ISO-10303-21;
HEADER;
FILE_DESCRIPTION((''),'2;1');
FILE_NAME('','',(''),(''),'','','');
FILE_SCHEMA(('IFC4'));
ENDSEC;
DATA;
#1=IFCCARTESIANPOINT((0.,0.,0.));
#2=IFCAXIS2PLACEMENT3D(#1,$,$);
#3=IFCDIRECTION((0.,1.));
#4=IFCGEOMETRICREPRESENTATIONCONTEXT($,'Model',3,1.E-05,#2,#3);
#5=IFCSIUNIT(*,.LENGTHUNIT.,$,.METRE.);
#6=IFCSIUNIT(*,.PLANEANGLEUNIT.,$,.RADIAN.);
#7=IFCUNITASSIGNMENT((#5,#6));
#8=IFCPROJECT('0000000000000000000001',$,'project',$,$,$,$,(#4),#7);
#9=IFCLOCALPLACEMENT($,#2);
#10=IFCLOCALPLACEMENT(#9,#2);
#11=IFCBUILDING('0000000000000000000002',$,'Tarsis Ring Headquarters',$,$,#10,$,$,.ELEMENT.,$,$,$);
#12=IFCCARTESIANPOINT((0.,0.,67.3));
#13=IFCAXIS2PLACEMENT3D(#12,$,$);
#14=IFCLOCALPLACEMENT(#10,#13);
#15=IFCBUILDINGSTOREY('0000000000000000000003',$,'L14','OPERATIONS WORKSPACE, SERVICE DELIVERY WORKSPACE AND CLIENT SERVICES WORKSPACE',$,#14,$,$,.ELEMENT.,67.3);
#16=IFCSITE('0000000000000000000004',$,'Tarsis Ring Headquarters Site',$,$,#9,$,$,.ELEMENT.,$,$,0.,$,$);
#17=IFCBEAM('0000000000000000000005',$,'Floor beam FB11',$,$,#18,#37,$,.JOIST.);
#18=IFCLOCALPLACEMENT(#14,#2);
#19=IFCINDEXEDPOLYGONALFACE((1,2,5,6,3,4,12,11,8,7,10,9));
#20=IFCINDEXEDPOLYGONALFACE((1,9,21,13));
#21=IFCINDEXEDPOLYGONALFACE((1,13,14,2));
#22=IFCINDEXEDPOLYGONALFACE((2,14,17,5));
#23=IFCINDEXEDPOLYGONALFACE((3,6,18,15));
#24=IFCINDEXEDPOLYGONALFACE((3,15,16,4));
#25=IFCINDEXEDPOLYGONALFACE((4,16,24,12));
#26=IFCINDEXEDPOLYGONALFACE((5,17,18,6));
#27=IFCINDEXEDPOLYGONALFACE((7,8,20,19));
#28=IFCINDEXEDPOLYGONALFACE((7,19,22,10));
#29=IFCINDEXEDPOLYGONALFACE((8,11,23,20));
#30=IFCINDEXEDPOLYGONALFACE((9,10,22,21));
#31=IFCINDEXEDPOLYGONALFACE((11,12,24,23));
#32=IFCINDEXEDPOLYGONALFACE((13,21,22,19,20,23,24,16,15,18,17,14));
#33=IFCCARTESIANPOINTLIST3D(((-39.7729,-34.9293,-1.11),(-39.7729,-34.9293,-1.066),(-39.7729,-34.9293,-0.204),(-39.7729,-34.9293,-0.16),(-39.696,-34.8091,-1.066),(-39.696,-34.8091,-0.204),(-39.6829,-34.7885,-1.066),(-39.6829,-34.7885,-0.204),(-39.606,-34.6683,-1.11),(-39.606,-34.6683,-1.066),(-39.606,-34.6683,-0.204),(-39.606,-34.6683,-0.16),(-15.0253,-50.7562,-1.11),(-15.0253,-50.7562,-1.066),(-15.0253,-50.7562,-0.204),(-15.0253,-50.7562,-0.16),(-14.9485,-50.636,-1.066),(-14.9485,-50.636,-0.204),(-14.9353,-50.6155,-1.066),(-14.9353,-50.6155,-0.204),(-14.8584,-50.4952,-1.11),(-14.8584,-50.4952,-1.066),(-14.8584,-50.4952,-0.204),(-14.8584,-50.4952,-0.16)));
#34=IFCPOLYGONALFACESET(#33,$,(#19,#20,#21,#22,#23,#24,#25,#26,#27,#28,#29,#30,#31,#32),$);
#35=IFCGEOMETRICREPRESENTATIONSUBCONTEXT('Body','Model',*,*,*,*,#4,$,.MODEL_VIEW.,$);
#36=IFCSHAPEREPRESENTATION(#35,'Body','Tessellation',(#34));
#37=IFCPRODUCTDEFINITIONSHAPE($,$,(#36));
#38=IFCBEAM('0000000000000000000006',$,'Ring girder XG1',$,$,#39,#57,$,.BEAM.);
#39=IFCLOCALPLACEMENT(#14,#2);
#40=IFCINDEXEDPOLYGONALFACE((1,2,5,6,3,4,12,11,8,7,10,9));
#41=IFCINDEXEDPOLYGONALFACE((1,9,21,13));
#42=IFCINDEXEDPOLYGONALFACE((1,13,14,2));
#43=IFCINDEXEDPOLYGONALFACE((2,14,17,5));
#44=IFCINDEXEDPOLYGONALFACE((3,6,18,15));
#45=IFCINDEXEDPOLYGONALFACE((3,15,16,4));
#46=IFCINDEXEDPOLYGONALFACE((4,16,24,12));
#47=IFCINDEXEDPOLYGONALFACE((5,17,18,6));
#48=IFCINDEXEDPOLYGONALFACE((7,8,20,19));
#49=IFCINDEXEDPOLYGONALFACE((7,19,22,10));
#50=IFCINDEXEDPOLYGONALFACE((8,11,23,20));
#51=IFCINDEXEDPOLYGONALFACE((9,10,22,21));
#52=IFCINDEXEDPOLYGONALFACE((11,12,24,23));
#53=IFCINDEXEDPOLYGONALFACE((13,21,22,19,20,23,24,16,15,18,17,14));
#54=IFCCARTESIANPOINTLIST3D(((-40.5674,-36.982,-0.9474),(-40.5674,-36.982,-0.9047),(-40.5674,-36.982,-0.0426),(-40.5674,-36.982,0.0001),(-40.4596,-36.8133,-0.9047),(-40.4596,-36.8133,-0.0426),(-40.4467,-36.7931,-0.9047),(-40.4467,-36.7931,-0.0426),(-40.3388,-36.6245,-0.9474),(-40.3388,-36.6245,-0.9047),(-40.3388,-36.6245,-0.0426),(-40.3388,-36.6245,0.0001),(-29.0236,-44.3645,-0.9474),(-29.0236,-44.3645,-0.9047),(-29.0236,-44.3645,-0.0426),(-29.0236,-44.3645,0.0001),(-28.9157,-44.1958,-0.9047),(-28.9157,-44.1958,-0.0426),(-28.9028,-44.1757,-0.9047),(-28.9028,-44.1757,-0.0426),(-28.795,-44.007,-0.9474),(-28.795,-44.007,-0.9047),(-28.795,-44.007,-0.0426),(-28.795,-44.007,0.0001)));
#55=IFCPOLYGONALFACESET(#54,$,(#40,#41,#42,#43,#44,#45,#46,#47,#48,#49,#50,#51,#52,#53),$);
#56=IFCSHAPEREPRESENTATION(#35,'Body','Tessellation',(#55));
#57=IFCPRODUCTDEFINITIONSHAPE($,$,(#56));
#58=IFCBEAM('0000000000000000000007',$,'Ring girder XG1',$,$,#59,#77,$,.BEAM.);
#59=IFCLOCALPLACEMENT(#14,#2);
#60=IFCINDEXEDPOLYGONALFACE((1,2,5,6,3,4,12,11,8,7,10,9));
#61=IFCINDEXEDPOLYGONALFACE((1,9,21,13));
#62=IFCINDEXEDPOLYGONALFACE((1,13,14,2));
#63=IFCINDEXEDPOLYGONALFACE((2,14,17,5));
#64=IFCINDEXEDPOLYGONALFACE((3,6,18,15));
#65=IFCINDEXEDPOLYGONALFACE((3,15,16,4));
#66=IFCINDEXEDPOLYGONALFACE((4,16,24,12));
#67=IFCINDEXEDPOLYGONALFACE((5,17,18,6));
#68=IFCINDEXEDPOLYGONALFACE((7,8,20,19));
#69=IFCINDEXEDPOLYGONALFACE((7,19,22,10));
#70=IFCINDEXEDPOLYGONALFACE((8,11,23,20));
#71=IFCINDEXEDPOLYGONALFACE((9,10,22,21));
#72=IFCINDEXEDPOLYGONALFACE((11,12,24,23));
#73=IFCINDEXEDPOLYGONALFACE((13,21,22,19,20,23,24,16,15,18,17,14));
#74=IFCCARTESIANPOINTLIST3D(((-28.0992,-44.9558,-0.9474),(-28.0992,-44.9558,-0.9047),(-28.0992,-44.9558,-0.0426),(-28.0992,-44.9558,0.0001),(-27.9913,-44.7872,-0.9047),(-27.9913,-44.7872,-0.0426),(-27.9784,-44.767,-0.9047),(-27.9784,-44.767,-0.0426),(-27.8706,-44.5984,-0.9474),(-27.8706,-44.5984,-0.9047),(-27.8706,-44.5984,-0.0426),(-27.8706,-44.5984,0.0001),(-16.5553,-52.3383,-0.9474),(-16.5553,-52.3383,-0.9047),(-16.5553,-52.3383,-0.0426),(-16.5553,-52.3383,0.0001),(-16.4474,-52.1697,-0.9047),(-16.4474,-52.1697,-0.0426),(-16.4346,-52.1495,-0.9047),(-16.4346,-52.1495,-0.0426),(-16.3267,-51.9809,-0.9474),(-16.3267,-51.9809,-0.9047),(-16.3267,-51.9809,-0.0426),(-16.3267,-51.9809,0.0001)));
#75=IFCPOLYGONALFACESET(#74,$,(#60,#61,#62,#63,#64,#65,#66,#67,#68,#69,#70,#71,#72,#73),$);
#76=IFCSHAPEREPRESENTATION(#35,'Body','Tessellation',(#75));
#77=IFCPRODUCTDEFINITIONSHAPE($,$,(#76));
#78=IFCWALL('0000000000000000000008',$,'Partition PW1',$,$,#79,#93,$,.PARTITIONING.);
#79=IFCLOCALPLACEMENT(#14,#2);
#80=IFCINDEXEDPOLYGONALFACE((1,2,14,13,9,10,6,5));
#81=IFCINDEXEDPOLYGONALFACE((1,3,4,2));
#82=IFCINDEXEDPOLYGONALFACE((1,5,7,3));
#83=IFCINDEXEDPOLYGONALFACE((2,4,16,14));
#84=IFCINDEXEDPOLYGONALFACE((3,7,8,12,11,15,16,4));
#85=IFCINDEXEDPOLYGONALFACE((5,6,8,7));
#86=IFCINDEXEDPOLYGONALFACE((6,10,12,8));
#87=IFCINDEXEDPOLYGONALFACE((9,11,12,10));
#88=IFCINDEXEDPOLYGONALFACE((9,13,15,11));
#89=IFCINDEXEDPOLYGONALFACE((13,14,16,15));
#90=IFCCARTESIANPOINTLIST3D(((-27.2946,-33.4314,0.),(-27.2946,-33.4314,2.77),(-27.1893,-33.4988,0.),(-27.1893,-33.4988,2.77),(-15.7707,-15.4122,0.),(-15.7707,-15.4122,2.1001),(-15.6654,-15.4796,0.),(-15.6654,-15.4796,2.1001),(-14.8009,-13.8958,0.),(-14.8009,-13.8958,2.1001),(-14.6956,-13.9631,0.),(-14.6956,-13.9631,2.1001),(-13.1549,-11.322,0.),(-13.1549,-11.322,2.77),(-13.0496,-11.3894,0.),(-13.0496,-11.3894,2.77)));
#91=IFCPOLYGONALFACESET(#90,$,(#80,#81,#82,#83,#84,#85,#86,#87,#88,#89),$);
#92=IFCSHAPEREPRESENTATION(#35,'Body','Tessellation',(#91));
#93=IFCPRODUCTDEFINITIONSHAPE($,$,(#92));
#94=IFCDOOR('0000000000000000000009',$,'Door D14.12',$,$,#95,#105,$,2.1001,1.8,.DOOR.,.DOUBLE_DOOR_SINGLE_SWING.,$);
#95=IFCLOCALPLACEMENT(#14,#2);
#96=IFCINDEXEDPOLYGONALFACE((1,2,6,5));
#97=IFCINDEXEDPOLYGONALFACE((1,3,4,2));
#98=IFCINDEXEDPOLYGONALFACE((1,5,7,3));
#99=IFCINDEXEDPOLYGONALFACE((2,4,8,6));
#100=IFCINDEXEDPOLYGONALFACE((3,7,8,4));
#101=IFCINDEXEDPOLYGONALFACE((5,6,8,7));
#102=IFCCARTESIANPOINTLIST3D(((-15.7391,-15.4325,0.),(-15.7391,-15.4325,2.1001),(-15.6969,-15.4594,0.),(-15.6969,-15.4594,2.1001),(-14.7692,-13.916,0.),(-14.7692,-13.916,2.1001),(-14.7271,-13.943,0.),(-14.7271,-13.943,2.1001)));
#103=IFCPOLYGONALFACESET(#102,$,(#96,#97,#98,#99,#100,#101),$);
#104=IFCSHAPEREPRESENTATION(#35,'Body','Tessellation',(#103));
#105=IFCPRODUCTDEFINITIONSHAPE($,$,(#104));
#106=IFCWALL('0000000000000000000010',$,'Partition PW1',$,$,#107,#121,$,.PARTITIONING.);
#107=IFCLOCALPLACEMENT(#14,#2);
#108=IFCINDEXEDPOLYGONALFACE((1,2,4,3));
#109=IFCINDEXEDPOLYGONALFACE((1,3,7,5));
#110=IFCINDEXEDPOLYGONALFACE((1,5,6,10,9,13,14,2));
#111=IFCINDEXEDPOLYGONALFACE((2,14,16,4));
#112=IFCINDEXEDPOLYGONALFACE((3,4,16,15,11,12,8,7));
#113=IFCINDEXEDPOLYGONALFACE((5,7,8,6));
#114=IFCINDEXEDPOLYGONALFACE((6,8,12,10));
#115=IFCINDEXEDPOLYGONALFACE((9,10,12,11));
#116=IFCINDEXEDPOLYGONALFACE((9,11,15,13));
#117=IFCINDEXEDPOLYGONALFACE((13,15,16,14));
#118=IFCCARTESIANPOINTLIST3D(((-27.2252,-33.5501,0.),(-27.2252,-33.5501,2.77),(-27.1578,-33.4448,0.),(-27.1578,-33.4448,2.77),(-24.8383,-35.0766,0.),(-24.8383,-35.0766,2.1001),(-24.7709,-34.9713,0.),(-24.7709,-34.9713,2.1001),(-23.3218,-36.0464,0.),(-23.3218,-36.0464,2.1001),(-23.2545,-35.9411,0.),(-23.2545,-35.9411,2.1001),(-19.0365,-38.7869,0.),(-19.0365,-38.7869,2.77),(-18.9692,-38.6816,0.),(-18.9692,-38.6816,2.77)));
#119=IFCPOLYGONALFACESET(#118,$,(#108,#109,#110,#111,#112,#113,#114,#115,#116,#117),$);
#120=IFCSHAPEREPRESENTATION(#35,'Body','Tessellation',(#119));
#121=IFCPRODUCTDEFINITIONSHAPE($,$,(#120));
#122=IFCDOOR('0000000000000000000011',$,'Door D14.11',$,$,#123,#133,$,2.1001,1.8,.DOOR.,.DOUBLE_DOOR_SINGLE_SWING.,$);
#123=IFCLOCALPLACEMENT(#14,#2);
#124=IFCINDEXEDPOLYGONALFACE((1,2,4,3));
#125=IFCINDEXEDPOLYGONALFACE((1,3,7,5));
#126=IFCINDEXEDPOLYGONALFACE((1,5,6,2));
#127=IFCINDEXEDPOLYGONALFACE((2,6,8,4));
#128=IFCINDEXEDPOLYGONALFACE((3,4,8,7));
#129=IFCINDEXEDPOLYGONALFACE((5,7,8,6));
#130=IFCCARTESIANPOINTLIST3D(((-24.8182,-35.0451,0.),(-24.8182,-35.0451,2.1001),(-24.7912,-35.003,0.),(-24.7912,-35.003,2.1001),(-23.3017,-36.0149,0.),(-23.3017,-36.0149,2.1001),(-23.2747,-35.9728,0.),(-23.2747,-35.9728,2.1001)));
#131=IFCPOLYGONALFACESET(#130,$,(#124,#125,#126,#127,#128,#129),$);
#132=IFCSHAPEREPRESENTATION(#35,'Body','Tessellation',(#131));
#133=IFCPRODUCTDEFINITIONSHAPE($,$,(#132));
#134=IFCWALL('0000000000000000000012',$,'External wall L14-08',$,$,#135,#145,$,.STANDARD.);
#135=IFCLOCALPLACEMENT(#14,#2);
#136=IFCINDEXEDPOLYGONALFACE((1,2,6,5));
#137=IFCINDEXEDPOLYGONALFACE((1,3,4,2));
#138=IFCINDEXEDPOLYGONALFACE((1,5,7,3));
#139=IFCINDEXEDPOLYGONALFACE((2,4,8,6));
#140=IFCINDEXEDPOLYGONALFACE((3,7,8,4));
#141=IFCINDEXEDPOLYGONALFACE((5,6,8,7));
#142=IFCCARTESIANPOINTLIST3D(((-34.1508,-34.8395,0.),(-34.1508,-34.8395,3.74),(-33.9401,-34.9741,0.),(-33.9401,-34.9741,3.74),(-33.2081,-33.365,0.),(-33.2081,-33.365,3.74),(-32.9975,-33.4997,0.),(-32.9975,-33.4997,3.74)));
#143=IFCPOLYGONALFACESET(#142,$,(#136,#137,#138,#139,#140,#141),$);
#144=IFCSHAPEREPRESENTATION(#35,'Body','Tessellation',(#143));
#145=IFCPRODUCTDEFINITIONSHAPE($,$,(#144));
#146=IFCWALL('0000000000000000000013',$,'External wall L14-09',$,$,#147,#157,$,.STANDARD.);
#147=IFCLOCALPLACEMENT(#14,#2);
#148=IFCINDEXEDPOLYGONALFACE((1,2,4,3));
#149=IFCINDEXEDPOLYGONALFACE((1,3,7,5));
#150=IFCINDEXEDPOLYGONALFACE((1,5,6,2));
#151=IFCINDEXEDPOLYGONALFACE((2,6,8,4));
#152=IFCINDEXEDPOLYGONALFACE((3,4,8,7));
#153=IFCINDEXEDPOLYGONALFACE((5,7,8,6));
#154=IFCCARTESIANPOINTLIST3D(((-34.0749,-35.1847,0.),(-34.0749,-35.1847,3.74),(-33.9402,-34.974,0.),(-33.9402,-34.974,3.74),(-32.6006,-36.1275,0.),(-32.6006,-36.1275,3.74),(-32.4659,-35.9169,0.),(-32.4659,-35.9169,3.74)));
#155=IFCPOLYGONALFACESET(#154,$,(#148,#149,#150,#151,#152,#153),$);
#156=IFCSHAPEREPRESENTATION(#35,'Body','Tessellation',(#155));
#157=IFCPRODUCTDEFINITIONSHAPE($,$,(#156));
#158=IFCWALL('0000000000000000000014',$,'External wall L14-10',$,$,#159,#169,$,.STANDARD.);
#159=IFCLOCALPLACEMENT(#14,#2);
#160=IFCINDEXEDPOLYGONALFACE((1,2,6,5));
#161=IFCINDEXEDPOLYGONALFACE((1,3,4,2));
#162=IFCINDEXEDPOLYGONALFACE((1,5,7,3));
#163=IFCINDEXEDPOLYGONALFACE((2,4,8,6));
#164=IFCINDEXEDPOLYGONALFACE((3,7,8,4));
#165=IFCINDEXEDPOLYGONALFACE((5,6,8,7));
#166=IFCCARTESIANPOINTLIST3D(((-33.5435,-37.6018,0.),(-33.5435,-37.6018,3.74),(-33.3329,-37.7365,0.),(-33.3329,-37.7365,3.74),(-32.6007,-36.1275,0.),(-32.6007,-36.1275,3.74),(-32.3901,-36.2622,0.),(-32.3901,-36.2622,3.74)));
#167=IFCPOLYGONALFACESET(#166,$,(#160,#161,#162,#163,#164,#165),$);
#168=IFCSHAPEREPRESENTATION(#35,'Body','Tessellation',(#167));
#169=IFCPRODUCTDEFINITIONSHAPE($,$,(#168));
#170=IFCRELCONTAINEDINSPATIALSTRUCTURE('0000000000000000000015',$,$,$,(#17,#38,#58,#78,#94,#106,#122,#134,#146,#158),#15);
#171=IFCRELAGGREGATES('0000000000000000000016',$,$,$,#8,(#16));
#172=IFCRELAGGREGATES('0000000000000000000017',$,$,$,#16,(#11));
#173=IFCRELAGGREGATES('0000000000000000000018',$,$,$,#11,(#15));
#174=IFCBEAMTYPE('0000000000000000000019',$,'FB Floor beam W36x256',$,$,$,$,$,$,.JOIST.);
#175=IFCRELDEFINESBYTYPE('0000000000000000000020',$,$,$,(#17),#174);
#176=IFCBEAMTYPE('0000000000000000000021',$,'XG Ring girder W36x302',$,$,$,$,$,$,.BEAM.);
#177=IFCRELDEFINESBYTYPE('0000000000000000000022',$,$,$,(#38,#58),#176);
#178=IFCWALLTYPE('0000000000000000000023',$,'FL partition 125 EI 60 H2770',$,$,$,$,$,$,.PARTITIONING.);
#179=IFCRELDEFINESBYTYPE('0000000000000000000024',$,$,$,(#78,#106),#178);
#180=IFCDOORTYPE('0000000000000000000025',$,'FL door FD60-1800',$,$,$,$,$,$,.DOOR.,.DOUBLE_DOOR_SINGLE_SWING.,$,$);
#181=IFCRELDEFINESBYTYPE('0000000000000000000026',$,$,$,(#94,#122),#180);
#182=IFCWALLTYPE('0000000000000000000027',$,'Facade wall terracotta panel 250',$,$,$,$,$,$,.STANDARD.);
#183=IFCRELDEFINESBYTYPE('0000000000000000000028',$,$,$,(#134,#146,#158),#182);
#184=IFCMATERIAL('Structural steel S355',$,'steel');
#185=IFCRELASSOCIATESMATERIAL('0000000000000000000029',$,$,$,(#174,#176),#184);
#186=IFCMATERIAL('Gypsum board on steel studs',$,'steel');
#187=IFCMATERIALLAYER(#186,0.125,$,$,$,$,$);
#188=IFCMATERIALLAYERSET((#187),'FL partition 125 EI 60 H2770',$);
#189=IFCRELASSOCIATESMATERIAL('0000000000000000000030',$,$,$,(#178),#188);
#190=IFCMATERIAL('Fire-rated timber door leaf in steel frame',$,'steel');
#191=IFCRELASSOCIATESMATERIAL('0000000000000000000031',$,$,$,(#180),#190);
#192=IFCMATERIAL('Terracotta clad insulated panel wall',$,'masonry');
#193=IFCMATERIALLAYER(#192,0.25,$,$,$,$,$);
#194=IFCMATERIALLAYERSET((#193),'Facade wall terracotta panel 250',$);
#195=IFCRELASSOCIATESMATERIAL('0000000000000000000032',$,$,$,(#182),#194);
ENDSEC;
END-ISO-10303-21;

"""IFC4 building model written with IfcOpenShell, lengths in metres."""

from ifc_helpers import new_model, si_unit, direction, frame, frame_2d, origin, origin_2d, place, context, subcontext, project, spatial, rectangle, i_section, extrude, material, layer, layer_set, material_profile, profile_set, type_object, element, fill, save


model = new_model("IFC4")

# Units and contexts
model_context = context("Model", 3, precision=1e-05, world=origin(), true_north=direction((0.0, 1.0)))
body_context = subcontext(model_context, "Body", "Model", "MODEL_VIEW")
ifc_project = project(units=[si_unit("LENGTHUNIT", "METRE"), si_unit("PLANEANGLEUNIT", "RADIAN")], contexts=[model_context])

# Site, building, storey
site_placement = place(None, origin())
site = spatial("IfcSite", under=ifc_project, at=site_placement, Name="Tarsis Ring Headquarters Site", CompositionType="ELEMENT", RefElevation=0.0)
building_placement = place(site_placement, origin())
building = spatial("IfcBuilding", under=site, at=building_placement, Name="Tarsis Ring Headquarters", CompositionType="ELEMENT")
storey_placement = place(building_placement, frame((0.0, 0.0, 67.3)))
storey = spatial("IfcBuildingStorey", under=building, at=storey_placement, Name="L14", Description="OPERATIONS WORKSPACE, SERVICE DELIVERY WORKSPACE AND CLIENT SERVICES WORKSPACE", CompositionType="ELEMENT", Elevation=67.3)

# Beams
ifc_material_1 = material(Name="Structural steel S355", Category="steel")
ifc_material_profile_1 = material_profile(ifc_material_1, i_section(OverallWidth=0.3098, OverallDepth=0.95, WebThickness=0.0244, FlangeThickness=0.0439, at=origin_2d()), Name="W36x256")
ifc_profile_set_1 = profile_set([ifc_material_profile_1], Name="Structural steel S355")
beam_type_1 = type_object("IfcBeamType", Name="FB Floor beam W36x256", PredefinedType="JOIST", material=ifc_profile_set_1)
beam_placement = place(storey_placement, frame((-39.6895, -34.7988, -0.635), z_axis=(0.84245, -0.538775, 0.0), x_axis=(0.538775, 0.84245, 0.0)))
element("IfcBeam", 1, at=beam_placement, inside=storey, type_object=beam_type_1, Name="Floor beam FB11", PredefinedType="JOIST", context=body_context, shape_type="SweptSolid", body=[
    extrude(i_section(OverallWidth=0.3098, OverallDepth=0.95, WebThickness=0.0244, FlangeThickness=0.0439, at=origin_2d()), origin(), (0.0, 0.0, 1.0), 29.3757),
])
ifc_material_profile_2 = material_profile(ifc_material_1, i_section(OverallWidth=0.4243, OverallDepth=0.9475, WebThickness=0.0239, FlangeThickness=0.0427, at=origin_2d()), Name="W36x302")
ifc_profile_set_2 = profile_set([ifc_material_profile_2], Name="Structural steel S355")
beam_type_2 = type_object("IfcBeamType", Name="XG Ring girder W36x302", PredefinedType="BEAM", material=ifc_profile_set_2)
for number, where, z_axis, x_axis, name in (
    (2, (-40.4531, -36.8032, -0.4736), (0.842455, -0.538766, 0.0), (0.538766, 0.842455, 0.0), "Ring girder XG1"),
    (3, (-27.9849, -44.7771, -0.4736), (0.842455, -0.538766, 0.0), (0.538766, 0.842455, 0.0), "Ring girder XG1"),
):
    element("IfcBeam", number, at=place(storey_placement, frame(where, z_axis=z_axis, x_axis=x_axis)), inside=storey, type_object=beam_type_2, Name=name, PredefinedType="BEAM", context=body_context, shape_type="SweptSolid", body=[
        extrude(i_section(OverallWidth=0.4243, OverallDepth=0.9475, WebThickness=0.0239, FlangeThickness=0.0427, at=origin_2d()), origin(), (0.0, 0.0, 1.0), 13.7026),
    ])

# Walls, openings, doors
ifc_material_2 = material(Name="Gypsum board on steel studs", Category="steel")
ifc_layer_1 = layer(ifc_material_2, 0.125)
ifc_layer_set_1 = layer_set([ifc_layer_1], Name="FL partition 125 EI 60 H2770")
wall_type_1 = type_object("IfcWallType", Name="FL partition 125 EI 60 H2770", PredefinedType="PARTITIONING", material=ifc_layer_set_1)
wall_1_placement = place(storey_placement, frame((-27.2419, -33.4651, 0.0), z_axis=(0.0, 0.0, 1.0), x_axis=(0.538774, 0.84245, 0.0)))
wall_1 = element("IfcWall", 4, at=wall_1_placement, inside=storey, type_object=wall_type_1, Name="Partition PW1", PredefinedType="PARTITIONING", context=body_context, shape_type="SweptSolid", body=[
    extrude(rectangle(XDim=26.2441, YDim=0.125, at=frame_2d((13.1221, 0.0))), origin(), (0.0, 0.0, 1.0), 2.77),
])
opening_1_placement = place(wall_1_placement, frame((21.3892, 0.0, 0.0)))
opening_1 = element("IfcOpeningElement", 5, at=opening_1_placement, cuts=wall_1, PredefinedType="OPENING", context=body_context, shape_type="SweptSolid", body=[
    extrude(rectangle(XDim=1.8, YDim=2.1001, at=frame_2d((0.8999, 1.05))), frame((0.0, 0.0725, 0.0), z_axis=(0.0, -1.0, 0.0), x_axis=(1.0, 0.0, 0.0)), (0.0, 0.0, 1.0), 0.145),
])
ifc_material_3 = material(Name="Fire-rated timber door leaf in steel frame", Category="steel")
door_type = type_object("IfcDoorType", Name="FL door FD60-1800", OperationType="DOUBLE_DOOR_SINGLE_SWING", PredefinedType="DOOR", material=ifc_material_3)
door_1_placement = place(opening_1_placement, origin())
door_1 = element("IfcDoor", 6, at=door_1_placement, inside=storey, type_object=door_type, Name="Door D14.12", OperationType="DOUBLE_DOOR_SINGLE_SWING", OverallHeight=2.1001, OverallWidth=1.8, PredefinedType="DOOR", context=body_context, shape_type="SweptSolid", body=[
    extrude(rectangle(XDim=1.8, YDim=2.1001, at=frame_2d((0.8999, 1.05))), frame((0.0, 0.0249, 0.0), z_axis=(0.0, -1.0, 0.0), x_axis=(1.0, 0.0, 0.0)), (0.0, 0.0, 1.0), 0.05),
])
fill(opening_1, door_1)
wall_2_placement = place(storey_placement, frame((-27.1914, -33.4976, 0.0), z_axis=(0.0, 0.0, 1.0), x_axis=(0.842457, -0.538764, 0.0)))
wall_2 = element("IfcWall", 7, at=wall_2_placement, inside=storey, type_object=wall_type_1, Name="Partition PW1", PredefinedType="PARTITIONING", context=body_context, shape_type="SweptSolid", body=[
    extrude(rectangle(XDim=9.72, YDim=0.125, at=frame_2d((4.8599, 0.0))), origin(), (0.0, 0.0, 1.0), 2.77),
])
opening_2_placement = place(wall_2_placement, frame((2.8333, 0.0, 0.0)))
opening_2 = element("IfcOpeningElement", 8, at=opening_2_placement, cuts=wall_2, PredefinedType="OPENING", context=body_context, shape_type="SweptSolid", body=[
    extrude(rectangle(XDim=1.8, YDim=2.1001, at=frame_2d((0.8999, 1.05))), frame((0.0, 0.0725, 0.0), z_axis=(0.0, -1.0, 0.0), x_axis=(1.0, 0.0, 0.0)), (0.0, 0.0, 1.0), 0.145),
])
door_2_placement = place(opening_2_placement, origin())
door_2 = element("IfcDoor", 9, at=door_2_placement, inside=storey, type_object=door_type, Name="Door D14.11", OperationType="DOUBLE_DOOR_SINGLE_SWING", OverallHeight=2.1001, OverallWidth=1.8, PredefinedType="DOOR", context=body_context, shape_type="SweptSolid", body=[
    extrude(rectangle(XDim=1.8, YDim=2.1001, at=frame_2d((0.8999, 1.05))), frame((0.0, 0.0249, 0.0), z_axis=(0.0, -1.0, 0.0), x_axis=(1.0, 0.0, 0.0)), (0.0, 0.0, 1.0), 0.05),
])
fill(opening_2, door_2)

# Walls
ifc_material_4 = material(Name="Terracotta clad insulated panel wall", Category="masonry")
ifc_layer_2 = layer(ifc_material_4, 0.25)
ifc_layer_set_2 = layer_set([ifc_layer_2], Name="Facade wall terracotta panel 250")
wall_type_2 = type_object("IfcWallType", Name="Facade wall terracotta panel 250", PredefinedType="STANDARD", material=ifc_layer_set_2)
for number, where, z_axis, x_axis, name in (
    (10, (-33.1028, -33.4324, 0.0), (0.0, 0.0, 1.0), (-0.538662, -0.842522, 0.0), "External wall L14-08"),
    (11, (-34.0076, -35.0793, 0.0), (0.0, 0.0, 1.0), (0.842459, -0.538761, 0.0), "External wall L14-09"),
    (12, (-32.4954, -36.1948, 0.0), (0.0, 0.0, 1.0), (-0.538761, -0.842459, 0.0), "External wall L14-10"),
):
    element("IfcWall", number, at=place(storey_placement, frame(where, z_axis=z_axis, x_axis=x_axis)), inside=storey, type_object=wall_type_2, Name=name, PredefinedType="STANDARD", context=body_context, shape_type="SweptSolid", body=[
        extrude(rectangle(XDim=1.75, YDim=0.25, at=frame_2d((0.875, 0.0))), origin(), (0.0, 0.0, 1.0), 3.74),
    ])

save(model, "model.ifc")
